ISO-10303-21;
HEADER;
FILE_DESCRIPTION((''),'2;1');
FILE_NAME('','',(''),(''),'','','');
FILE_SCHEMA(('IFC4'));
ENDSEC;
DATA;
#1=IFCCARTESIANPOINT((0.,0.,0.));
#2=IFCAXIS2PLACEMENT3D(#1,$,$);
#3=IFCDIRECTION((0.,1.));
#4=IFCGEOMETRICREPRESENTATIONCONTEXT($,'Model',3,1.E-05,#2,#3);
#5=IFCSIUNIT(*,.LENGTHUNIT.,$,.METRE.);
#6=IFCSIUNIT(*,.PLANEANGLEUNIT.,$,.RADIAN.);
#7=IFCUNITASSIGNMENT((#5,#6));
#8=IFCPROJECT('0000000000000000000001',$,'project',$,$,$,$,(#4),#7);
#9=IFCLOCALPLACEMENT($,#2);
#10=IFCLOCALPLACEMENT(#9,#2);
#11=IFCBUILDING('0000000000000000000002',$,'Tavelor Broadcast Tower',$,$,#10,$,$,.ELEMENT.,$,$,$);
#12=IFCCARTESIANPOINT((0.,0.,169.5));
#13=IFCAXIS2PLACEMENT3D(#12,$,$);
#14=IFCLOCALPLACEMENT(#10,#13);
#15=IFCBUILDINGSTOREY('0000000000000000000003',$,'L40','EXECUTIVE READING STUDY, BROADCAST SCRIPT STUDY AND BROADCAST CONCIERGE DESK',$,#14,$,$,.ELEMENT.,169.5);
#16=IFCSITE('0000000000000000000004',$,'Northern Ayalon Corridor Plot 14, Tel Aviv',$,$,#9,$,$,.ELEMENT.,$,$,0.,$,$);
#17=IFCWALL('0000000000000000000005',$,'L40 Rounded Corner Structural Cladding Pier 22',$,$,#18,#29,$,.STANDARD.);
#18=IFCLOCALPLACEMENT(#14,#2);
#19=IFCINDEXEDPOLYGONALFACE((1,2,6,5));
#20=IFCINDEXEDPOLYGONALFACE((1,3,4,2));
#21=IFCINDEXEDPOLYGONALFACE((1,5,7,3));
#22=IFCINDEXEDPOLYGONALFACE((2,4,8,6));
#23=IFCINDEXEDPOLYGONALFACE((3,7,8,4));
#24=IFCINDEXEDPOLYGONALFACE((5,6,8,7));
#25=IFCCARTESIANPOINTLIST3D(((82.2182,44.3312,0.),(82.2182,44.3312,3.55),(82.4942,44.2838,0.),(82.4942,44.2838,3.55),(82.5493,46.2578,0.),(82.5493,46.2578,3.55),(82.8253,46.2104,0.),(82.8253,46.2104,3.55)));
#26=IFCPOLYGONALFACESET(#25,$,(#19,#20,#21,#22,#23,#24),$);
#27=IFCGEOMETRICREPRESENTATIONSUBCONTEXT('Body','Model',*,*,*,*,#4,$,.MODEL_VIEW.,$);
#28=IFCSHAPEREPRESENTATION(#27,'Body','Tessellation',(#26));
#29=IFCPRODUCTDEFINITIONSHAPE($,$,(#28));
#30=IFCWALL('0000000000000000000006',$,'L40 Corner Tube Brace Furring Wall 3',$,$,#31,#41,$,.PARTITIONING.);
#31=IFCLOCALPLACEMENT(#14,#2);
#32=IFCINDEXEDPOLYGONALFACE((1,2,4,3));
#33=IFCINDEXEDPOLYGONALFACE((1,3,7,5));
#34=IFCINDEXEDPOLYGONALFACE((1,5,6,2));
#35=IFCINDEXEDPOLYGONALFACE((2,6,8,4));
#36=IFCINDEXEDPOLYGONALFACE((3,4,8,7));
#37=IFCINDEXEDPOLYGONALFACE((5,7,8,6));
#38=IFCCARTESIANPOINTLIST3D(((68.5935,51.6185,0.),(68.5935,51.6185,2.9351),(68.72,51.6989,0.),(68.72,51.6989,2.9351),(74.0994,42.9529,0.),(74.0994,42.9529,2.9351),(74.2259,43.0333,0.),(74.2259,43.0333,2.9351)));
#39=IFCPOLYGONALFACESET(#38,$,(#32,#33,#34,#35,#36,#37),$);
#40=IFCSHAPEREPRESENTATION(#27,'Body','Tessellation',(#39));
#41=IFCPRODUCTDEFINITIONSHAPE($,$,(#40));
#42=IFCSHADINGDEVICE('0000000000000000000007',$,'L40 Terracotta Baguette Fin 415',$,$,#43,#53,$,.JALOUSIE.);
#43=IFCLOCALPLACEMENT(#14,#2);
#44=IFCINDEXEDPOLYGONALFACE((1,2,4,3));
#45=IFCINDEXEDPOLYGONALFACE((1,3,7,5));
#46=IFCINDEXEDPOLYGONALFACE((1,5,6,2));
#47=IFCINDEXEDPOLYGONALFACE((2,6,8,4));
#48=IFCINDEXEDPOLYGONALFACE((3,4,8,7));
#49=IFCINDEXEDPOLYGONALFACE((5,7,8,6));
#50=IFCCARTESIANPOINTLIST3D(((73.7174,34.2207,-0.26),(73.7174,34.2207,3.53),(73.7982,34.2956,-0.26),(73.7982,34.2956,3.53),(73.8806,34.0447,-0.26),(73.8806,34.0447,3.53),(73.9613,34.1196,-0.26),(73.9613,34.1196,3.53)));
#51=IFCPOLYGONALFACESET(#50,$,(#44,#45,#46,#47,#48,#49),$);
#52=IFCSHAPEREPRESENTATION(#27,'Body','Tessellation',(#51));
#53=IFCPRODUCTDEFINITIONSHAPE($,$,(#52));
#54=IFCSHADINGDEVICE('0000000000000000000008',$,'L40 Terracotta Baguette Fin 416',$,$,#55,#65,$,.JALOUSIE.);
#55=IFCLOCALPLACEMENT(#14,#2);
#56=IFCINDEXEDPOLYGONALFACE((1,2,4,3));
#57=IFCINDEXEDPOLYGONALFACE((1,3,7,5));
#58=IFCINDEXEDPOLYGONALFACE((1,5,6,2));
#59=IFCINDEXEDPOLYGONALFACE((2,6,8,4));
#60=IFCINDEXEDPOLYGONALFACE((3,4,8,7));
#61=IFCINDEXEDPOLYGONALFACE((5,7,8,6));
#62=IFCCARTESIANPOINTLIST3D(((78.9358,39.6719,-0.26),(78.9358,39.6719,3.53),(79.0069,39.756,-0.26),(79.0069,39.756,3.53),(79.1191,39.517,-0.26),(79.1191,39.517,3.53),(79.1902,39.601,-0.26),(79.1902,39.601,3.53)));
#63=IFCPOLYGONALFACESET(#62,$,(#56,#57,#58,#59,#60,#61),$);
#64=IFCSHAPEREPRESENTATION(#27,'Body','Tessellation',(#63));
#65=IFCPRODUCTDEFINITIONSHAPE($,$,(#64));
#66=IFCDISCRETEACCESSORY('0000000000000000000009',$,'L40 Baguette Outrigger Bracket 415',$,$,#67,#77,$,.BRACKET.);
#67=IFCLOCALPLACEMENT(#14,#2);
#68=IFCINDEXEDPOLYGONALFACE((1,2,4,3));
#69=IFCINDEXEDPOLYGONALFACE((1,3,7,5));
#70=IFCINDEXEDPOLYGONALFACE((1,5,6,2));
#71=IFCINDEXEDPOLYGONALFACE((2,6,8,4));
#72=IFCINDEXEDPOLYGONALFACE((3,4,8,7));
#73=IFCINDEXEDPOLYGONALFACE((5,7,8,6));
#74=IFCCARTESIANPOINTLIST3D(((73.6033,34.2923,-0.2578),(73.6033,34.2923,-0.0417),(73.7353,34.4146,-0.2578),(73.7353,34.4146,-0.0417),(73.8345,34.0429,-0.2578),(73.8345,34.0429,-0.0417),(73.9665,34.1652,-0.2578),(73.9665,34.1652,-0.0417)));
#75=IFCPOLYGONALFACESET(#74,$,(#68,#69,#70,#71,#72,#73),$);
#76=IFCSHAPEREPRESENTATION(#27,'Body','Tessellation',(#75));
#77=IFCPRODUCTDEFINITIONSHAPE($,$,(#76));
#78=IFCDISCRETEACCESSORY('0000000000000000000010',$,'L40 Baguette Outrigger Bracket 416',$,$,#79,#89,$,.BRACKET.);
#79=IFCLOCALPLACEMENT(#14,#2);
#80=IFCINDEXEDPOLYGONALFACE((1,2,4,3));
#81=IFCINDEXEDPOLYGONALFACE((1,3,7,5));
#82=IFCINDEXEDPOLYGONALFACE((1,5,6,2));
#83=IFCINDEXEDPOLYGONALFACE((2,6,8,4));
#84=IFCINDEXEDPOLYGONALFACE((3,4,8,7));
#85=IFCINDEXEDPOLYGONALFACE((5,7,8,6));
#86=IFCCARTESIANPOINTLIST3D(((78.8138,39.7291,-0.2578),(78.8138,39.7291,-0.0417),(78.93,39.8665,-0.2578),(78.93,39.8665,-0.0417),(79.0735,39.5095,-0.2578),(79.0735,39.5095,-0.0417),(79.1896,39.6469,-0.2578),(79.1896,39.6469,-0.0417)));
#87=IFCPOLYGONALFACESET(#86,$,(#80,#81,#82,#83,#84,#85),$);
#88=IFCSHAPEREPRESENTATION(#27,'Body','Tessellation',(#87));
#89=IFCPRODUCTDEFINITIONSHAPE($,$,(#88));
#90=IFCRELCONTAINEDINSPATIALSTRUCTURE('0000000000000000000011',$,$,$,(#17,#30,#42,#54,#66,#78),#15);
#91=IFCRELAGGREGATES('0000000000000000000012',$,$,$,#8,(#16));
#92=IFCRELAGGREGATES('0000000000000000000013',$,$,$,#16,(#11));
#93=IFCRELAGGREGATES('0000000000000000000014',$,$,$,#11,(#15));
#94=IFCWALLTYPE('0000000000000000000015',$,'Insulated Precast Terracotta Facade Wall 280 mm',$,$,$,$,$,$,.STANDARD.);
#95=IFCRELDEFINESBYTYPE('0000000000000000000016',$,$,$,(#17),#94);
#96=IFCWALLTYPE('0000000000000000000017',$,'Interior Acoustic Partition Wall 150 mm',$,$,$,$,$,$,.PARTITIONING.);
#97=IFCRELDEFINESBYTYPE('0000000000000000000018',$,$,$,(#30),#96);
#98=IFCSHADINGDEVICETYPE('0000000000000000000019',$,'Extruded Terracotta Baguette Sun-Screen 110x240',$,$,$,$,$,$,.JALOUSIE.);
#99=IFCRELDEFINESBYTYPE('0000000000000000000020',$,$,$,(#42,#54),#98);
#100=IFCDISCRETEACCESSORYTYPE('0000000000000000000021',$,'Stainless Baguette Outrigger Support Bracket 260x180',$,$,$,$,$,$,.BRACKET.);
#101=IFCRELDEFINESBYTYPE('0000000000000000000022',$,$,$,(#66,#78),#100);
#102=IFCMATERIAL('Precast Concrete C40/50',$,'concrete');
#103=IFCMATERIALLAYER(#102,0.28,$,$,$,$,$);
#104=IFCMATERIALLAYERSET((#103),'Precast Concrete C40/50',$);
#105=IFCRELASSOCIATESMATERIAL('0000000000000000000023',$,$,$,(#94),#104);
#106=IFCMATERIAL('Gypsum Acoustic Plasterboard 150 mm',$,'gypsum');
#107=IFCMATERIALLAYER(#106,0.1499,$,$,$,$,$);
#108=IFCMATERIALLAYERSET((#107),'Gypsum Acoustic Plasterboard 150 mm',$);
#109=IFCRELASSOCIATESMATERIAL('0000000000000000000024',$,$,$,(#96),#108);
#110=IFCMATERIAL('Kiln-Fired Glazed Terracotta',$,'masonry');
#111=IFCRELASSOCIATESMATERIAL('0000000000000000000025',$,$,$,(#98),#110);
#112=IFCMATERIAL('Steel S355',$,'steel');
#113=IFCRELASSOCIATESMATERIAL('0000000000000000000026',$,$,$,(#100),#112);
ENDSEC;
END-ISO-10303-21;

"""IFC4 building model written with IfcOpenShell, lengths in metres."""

from ifc_helpers import new_model, si_unit, direction, frame, frame_2d, origin, origin_2d, place, context, subcontext, project, spatial, rectangle, extrude, source, transform, mapped, material, layer, layer_set, type_object, type_shapes, element, save


model = new_model("IFC4")

# Units and contexts
model_context = context("Model", 3, precision=1e-05, world=origin(), true_north=direction((0.0, 1.0)))
body_context = subcontext(model_context, "Body", "Model", "MODEL_VIEW")
ifc_project = project(units=[si_unit("LENGTHUNIT", "METRE"), si_unit("PLANEANGLEUNIT", "RADIAN")], contexts=[model_context])

# Site, building, storey
site_placement = place(None, origin())
site = spatial("IfcSite", under=ifc_project, at=site_placement, Name="Northern Ayalon Corridor Plot 14, Tel Aviv", CompositionType="ELEMENT", RefElevation=0.0)
building_placement = place(site_placement, origin())
building = spatial("IfcBuilding", under=site, at=building_placement, Name="Tavelor Broadcast Tower", CompositionType="ELEMENT")
storey_placement = place(building_placement, frame((0.0, 0.0, 169.5)))
storey = spatial("IfcBuildingStorey", under=building, at=storey_placement, Name="L40", Description="EXECUTIVE READING STUDY, BROADCAST SCRIPT STUDY AND BROADCAST CONCIERGE DESK", CompositionType="ELEMENT", Elevation=169.5)

# Shared definitions
ifc_material_1 = material(Name="Steel S355", Category="steel")

# Walls
ifc_material_2 = material(Name="Precast Concrete C40/50", Category="concrete")
ifc_layer_1 = layer(ifc_material_2, 0.28)
ifc_layer_set_1 = layer_set([ifc_layer_1], Name="Precast Concrete C40/50")
wall_type_1 = type_object("IfcWallType", Name="Insulated Precast Terracotta Facade Wall 280 mm", PredefinedType="STANDARD", material=ifc_layer_set_1)
wall_1_placement = place(storey_placement, frame((82.3562, 44.3074, 0.0), z_axis=(0.0, 0.0, 1.0), x_axis=(0.169359, 0.985554, 0.0)))
element("IfcWall", 1, at=wall_1_placement, inside=storey, type_object=wall_type_1, Name="L40 Rounded Corner Structural Cladding Pier 22", PredefinedType="STANDARD", context=body_context, shape_type="SweptSolid", body=[
    extrude(rectangle(XDim=1.9548, YDim=0.28, at=frame_2d((0.9775, 0.0))), origin(), (0.0, 0.0, 1.0), 3.55),
])
ifc_material_3 = material(Name="Gypsum Acoustic Plasterboard 150 mm", Category="gypsum")
ifc_layer_2 = layer(ifc_material_3, 0.1499)
ifc_layer_set_2 = layer_set([ifc_layer_2], Name="Gypsum Acoustic Plasterboard 150 mm")
wall_type_2 = type_object("IfcWallType", Name="Interior Acoustic Partition Wall 150 mm", PredefinedType="PARTITIONING", material=ifc_layer_set_2)
wall_2_placement = place(storey_placement, frame((74.1626, 42.9932, 0.0), z_axis=(0.0, 0.0, 1.0), x_axis=(-0.536281, 0.844039, 0.0)))
element("IfcWall", 2, at=wall_2_placement, inside=storey, type_object=wall_type_2, Name="L40 Corner Tube Brace Furring Wall 3", PredefinedType="PARTITIONING", context=body_context, shape_type="SweptSolid", body=[
    extrude(rectangle(XDim=10.2668, YDim=0.1499, at=frame_2d((5.1333, 0.0))), origin(), (0.0, 0.0, 1.0), 2.9351),
])

# Shading devices
ifc_material_4 = material(Name="Kiln-Fired Glazed Terracotta", Category="masonry")
shading_device_type = type_object("IfcShadingDeviceType", Name="Extruded Terracotta Baguette Sun-Screen 110x240", PredefinedType="JALOUSIE", material=ifc_material_4)
shared_shape_1 = source(origin(), body_context, "Body", "SweptSolid", [
    extrude(rectangle(XDim=0.1101, YDim=0.24, at=origin_2d()), origin(), (0.0, 0.0, 1.0), 3.79),
])
type_shapes(shading_device_type, [shared_shape_1])
for number, where, z_axis, x_axis, name in (
    (3, (73.8394, 34.1702, -0.26), (0.0, 0.0, 1.0), (0.733374, 0.679825, 0.0), "L40 Terracotta Baguette Fin 415"),
    (4, (79.063, 39.6365, -0.26), (0.0, 0.0, 1.0), (0.645724, 0.763571, 0.0), "L40 Terracotta Baguette Fin 416"),
):
    element("IfcShadingDevice", number, at=place(storey_placement, frame(where, z_axis=z_axis, x_axis=x_axis)), inside=storey, type_object=shading_device_type, Name=name, PredefinedType="JALOUSIE", context=body_context, shape_type="MappedRepresentation", body=[
        mapped(shared_shape_1, transform((0.0, 0.0, 0.0), scale=1.0)),
    ])

# Discrete accessories
discrete_accessory_type = type_object("IfcDiscreteAccessoryType", Name="Stainless Baguette Outrigger Support Bracket 260x180", PredefinedType="BRACKET", material=ifc_material_1)
shared_shape_2 = source(origin(), body_context, "Body", "SweptSolid", [
    extrude(rectangle(XDim=0.1799, YDim=0.3401, at=origin_2d()), origin(), (0.0, 0.0, 1.0), 0.2161),
])
type_shapes(discrete_accessory_type, [shared_shape_2])
for number, where, z_axis, x_axis, name in (
    (5, (73.7849, 34.2288, -0.2578), (0.0, 0.0, 1.0), (0.733374, 0.679825, 0.0), "L40 Baguette Outrigger Bracket 415"),
    (6, (79.0017, 39.688, -0.2578), (0.0, 0.0, 1.0), (0.645724, 0.763571, 0.0), "L40 Baguette Outrigger Bracket 416"),
):
    element("IfcDiscreteAccessory", number, at=place(storey_placement, frame(where, z_axis=z_axis, x_axis=x_axis)), inside=storey, type_object=discrete_accessory_type, Name=name, PredefinedType="BRACKET", context=body_context, shape_type="MappedRepresentation", body=[
        mapped(shared_shape_2, transform((0.0, 0.0, 0.0), scale=1.0)),
    ])

save(model, "model.ifc")
